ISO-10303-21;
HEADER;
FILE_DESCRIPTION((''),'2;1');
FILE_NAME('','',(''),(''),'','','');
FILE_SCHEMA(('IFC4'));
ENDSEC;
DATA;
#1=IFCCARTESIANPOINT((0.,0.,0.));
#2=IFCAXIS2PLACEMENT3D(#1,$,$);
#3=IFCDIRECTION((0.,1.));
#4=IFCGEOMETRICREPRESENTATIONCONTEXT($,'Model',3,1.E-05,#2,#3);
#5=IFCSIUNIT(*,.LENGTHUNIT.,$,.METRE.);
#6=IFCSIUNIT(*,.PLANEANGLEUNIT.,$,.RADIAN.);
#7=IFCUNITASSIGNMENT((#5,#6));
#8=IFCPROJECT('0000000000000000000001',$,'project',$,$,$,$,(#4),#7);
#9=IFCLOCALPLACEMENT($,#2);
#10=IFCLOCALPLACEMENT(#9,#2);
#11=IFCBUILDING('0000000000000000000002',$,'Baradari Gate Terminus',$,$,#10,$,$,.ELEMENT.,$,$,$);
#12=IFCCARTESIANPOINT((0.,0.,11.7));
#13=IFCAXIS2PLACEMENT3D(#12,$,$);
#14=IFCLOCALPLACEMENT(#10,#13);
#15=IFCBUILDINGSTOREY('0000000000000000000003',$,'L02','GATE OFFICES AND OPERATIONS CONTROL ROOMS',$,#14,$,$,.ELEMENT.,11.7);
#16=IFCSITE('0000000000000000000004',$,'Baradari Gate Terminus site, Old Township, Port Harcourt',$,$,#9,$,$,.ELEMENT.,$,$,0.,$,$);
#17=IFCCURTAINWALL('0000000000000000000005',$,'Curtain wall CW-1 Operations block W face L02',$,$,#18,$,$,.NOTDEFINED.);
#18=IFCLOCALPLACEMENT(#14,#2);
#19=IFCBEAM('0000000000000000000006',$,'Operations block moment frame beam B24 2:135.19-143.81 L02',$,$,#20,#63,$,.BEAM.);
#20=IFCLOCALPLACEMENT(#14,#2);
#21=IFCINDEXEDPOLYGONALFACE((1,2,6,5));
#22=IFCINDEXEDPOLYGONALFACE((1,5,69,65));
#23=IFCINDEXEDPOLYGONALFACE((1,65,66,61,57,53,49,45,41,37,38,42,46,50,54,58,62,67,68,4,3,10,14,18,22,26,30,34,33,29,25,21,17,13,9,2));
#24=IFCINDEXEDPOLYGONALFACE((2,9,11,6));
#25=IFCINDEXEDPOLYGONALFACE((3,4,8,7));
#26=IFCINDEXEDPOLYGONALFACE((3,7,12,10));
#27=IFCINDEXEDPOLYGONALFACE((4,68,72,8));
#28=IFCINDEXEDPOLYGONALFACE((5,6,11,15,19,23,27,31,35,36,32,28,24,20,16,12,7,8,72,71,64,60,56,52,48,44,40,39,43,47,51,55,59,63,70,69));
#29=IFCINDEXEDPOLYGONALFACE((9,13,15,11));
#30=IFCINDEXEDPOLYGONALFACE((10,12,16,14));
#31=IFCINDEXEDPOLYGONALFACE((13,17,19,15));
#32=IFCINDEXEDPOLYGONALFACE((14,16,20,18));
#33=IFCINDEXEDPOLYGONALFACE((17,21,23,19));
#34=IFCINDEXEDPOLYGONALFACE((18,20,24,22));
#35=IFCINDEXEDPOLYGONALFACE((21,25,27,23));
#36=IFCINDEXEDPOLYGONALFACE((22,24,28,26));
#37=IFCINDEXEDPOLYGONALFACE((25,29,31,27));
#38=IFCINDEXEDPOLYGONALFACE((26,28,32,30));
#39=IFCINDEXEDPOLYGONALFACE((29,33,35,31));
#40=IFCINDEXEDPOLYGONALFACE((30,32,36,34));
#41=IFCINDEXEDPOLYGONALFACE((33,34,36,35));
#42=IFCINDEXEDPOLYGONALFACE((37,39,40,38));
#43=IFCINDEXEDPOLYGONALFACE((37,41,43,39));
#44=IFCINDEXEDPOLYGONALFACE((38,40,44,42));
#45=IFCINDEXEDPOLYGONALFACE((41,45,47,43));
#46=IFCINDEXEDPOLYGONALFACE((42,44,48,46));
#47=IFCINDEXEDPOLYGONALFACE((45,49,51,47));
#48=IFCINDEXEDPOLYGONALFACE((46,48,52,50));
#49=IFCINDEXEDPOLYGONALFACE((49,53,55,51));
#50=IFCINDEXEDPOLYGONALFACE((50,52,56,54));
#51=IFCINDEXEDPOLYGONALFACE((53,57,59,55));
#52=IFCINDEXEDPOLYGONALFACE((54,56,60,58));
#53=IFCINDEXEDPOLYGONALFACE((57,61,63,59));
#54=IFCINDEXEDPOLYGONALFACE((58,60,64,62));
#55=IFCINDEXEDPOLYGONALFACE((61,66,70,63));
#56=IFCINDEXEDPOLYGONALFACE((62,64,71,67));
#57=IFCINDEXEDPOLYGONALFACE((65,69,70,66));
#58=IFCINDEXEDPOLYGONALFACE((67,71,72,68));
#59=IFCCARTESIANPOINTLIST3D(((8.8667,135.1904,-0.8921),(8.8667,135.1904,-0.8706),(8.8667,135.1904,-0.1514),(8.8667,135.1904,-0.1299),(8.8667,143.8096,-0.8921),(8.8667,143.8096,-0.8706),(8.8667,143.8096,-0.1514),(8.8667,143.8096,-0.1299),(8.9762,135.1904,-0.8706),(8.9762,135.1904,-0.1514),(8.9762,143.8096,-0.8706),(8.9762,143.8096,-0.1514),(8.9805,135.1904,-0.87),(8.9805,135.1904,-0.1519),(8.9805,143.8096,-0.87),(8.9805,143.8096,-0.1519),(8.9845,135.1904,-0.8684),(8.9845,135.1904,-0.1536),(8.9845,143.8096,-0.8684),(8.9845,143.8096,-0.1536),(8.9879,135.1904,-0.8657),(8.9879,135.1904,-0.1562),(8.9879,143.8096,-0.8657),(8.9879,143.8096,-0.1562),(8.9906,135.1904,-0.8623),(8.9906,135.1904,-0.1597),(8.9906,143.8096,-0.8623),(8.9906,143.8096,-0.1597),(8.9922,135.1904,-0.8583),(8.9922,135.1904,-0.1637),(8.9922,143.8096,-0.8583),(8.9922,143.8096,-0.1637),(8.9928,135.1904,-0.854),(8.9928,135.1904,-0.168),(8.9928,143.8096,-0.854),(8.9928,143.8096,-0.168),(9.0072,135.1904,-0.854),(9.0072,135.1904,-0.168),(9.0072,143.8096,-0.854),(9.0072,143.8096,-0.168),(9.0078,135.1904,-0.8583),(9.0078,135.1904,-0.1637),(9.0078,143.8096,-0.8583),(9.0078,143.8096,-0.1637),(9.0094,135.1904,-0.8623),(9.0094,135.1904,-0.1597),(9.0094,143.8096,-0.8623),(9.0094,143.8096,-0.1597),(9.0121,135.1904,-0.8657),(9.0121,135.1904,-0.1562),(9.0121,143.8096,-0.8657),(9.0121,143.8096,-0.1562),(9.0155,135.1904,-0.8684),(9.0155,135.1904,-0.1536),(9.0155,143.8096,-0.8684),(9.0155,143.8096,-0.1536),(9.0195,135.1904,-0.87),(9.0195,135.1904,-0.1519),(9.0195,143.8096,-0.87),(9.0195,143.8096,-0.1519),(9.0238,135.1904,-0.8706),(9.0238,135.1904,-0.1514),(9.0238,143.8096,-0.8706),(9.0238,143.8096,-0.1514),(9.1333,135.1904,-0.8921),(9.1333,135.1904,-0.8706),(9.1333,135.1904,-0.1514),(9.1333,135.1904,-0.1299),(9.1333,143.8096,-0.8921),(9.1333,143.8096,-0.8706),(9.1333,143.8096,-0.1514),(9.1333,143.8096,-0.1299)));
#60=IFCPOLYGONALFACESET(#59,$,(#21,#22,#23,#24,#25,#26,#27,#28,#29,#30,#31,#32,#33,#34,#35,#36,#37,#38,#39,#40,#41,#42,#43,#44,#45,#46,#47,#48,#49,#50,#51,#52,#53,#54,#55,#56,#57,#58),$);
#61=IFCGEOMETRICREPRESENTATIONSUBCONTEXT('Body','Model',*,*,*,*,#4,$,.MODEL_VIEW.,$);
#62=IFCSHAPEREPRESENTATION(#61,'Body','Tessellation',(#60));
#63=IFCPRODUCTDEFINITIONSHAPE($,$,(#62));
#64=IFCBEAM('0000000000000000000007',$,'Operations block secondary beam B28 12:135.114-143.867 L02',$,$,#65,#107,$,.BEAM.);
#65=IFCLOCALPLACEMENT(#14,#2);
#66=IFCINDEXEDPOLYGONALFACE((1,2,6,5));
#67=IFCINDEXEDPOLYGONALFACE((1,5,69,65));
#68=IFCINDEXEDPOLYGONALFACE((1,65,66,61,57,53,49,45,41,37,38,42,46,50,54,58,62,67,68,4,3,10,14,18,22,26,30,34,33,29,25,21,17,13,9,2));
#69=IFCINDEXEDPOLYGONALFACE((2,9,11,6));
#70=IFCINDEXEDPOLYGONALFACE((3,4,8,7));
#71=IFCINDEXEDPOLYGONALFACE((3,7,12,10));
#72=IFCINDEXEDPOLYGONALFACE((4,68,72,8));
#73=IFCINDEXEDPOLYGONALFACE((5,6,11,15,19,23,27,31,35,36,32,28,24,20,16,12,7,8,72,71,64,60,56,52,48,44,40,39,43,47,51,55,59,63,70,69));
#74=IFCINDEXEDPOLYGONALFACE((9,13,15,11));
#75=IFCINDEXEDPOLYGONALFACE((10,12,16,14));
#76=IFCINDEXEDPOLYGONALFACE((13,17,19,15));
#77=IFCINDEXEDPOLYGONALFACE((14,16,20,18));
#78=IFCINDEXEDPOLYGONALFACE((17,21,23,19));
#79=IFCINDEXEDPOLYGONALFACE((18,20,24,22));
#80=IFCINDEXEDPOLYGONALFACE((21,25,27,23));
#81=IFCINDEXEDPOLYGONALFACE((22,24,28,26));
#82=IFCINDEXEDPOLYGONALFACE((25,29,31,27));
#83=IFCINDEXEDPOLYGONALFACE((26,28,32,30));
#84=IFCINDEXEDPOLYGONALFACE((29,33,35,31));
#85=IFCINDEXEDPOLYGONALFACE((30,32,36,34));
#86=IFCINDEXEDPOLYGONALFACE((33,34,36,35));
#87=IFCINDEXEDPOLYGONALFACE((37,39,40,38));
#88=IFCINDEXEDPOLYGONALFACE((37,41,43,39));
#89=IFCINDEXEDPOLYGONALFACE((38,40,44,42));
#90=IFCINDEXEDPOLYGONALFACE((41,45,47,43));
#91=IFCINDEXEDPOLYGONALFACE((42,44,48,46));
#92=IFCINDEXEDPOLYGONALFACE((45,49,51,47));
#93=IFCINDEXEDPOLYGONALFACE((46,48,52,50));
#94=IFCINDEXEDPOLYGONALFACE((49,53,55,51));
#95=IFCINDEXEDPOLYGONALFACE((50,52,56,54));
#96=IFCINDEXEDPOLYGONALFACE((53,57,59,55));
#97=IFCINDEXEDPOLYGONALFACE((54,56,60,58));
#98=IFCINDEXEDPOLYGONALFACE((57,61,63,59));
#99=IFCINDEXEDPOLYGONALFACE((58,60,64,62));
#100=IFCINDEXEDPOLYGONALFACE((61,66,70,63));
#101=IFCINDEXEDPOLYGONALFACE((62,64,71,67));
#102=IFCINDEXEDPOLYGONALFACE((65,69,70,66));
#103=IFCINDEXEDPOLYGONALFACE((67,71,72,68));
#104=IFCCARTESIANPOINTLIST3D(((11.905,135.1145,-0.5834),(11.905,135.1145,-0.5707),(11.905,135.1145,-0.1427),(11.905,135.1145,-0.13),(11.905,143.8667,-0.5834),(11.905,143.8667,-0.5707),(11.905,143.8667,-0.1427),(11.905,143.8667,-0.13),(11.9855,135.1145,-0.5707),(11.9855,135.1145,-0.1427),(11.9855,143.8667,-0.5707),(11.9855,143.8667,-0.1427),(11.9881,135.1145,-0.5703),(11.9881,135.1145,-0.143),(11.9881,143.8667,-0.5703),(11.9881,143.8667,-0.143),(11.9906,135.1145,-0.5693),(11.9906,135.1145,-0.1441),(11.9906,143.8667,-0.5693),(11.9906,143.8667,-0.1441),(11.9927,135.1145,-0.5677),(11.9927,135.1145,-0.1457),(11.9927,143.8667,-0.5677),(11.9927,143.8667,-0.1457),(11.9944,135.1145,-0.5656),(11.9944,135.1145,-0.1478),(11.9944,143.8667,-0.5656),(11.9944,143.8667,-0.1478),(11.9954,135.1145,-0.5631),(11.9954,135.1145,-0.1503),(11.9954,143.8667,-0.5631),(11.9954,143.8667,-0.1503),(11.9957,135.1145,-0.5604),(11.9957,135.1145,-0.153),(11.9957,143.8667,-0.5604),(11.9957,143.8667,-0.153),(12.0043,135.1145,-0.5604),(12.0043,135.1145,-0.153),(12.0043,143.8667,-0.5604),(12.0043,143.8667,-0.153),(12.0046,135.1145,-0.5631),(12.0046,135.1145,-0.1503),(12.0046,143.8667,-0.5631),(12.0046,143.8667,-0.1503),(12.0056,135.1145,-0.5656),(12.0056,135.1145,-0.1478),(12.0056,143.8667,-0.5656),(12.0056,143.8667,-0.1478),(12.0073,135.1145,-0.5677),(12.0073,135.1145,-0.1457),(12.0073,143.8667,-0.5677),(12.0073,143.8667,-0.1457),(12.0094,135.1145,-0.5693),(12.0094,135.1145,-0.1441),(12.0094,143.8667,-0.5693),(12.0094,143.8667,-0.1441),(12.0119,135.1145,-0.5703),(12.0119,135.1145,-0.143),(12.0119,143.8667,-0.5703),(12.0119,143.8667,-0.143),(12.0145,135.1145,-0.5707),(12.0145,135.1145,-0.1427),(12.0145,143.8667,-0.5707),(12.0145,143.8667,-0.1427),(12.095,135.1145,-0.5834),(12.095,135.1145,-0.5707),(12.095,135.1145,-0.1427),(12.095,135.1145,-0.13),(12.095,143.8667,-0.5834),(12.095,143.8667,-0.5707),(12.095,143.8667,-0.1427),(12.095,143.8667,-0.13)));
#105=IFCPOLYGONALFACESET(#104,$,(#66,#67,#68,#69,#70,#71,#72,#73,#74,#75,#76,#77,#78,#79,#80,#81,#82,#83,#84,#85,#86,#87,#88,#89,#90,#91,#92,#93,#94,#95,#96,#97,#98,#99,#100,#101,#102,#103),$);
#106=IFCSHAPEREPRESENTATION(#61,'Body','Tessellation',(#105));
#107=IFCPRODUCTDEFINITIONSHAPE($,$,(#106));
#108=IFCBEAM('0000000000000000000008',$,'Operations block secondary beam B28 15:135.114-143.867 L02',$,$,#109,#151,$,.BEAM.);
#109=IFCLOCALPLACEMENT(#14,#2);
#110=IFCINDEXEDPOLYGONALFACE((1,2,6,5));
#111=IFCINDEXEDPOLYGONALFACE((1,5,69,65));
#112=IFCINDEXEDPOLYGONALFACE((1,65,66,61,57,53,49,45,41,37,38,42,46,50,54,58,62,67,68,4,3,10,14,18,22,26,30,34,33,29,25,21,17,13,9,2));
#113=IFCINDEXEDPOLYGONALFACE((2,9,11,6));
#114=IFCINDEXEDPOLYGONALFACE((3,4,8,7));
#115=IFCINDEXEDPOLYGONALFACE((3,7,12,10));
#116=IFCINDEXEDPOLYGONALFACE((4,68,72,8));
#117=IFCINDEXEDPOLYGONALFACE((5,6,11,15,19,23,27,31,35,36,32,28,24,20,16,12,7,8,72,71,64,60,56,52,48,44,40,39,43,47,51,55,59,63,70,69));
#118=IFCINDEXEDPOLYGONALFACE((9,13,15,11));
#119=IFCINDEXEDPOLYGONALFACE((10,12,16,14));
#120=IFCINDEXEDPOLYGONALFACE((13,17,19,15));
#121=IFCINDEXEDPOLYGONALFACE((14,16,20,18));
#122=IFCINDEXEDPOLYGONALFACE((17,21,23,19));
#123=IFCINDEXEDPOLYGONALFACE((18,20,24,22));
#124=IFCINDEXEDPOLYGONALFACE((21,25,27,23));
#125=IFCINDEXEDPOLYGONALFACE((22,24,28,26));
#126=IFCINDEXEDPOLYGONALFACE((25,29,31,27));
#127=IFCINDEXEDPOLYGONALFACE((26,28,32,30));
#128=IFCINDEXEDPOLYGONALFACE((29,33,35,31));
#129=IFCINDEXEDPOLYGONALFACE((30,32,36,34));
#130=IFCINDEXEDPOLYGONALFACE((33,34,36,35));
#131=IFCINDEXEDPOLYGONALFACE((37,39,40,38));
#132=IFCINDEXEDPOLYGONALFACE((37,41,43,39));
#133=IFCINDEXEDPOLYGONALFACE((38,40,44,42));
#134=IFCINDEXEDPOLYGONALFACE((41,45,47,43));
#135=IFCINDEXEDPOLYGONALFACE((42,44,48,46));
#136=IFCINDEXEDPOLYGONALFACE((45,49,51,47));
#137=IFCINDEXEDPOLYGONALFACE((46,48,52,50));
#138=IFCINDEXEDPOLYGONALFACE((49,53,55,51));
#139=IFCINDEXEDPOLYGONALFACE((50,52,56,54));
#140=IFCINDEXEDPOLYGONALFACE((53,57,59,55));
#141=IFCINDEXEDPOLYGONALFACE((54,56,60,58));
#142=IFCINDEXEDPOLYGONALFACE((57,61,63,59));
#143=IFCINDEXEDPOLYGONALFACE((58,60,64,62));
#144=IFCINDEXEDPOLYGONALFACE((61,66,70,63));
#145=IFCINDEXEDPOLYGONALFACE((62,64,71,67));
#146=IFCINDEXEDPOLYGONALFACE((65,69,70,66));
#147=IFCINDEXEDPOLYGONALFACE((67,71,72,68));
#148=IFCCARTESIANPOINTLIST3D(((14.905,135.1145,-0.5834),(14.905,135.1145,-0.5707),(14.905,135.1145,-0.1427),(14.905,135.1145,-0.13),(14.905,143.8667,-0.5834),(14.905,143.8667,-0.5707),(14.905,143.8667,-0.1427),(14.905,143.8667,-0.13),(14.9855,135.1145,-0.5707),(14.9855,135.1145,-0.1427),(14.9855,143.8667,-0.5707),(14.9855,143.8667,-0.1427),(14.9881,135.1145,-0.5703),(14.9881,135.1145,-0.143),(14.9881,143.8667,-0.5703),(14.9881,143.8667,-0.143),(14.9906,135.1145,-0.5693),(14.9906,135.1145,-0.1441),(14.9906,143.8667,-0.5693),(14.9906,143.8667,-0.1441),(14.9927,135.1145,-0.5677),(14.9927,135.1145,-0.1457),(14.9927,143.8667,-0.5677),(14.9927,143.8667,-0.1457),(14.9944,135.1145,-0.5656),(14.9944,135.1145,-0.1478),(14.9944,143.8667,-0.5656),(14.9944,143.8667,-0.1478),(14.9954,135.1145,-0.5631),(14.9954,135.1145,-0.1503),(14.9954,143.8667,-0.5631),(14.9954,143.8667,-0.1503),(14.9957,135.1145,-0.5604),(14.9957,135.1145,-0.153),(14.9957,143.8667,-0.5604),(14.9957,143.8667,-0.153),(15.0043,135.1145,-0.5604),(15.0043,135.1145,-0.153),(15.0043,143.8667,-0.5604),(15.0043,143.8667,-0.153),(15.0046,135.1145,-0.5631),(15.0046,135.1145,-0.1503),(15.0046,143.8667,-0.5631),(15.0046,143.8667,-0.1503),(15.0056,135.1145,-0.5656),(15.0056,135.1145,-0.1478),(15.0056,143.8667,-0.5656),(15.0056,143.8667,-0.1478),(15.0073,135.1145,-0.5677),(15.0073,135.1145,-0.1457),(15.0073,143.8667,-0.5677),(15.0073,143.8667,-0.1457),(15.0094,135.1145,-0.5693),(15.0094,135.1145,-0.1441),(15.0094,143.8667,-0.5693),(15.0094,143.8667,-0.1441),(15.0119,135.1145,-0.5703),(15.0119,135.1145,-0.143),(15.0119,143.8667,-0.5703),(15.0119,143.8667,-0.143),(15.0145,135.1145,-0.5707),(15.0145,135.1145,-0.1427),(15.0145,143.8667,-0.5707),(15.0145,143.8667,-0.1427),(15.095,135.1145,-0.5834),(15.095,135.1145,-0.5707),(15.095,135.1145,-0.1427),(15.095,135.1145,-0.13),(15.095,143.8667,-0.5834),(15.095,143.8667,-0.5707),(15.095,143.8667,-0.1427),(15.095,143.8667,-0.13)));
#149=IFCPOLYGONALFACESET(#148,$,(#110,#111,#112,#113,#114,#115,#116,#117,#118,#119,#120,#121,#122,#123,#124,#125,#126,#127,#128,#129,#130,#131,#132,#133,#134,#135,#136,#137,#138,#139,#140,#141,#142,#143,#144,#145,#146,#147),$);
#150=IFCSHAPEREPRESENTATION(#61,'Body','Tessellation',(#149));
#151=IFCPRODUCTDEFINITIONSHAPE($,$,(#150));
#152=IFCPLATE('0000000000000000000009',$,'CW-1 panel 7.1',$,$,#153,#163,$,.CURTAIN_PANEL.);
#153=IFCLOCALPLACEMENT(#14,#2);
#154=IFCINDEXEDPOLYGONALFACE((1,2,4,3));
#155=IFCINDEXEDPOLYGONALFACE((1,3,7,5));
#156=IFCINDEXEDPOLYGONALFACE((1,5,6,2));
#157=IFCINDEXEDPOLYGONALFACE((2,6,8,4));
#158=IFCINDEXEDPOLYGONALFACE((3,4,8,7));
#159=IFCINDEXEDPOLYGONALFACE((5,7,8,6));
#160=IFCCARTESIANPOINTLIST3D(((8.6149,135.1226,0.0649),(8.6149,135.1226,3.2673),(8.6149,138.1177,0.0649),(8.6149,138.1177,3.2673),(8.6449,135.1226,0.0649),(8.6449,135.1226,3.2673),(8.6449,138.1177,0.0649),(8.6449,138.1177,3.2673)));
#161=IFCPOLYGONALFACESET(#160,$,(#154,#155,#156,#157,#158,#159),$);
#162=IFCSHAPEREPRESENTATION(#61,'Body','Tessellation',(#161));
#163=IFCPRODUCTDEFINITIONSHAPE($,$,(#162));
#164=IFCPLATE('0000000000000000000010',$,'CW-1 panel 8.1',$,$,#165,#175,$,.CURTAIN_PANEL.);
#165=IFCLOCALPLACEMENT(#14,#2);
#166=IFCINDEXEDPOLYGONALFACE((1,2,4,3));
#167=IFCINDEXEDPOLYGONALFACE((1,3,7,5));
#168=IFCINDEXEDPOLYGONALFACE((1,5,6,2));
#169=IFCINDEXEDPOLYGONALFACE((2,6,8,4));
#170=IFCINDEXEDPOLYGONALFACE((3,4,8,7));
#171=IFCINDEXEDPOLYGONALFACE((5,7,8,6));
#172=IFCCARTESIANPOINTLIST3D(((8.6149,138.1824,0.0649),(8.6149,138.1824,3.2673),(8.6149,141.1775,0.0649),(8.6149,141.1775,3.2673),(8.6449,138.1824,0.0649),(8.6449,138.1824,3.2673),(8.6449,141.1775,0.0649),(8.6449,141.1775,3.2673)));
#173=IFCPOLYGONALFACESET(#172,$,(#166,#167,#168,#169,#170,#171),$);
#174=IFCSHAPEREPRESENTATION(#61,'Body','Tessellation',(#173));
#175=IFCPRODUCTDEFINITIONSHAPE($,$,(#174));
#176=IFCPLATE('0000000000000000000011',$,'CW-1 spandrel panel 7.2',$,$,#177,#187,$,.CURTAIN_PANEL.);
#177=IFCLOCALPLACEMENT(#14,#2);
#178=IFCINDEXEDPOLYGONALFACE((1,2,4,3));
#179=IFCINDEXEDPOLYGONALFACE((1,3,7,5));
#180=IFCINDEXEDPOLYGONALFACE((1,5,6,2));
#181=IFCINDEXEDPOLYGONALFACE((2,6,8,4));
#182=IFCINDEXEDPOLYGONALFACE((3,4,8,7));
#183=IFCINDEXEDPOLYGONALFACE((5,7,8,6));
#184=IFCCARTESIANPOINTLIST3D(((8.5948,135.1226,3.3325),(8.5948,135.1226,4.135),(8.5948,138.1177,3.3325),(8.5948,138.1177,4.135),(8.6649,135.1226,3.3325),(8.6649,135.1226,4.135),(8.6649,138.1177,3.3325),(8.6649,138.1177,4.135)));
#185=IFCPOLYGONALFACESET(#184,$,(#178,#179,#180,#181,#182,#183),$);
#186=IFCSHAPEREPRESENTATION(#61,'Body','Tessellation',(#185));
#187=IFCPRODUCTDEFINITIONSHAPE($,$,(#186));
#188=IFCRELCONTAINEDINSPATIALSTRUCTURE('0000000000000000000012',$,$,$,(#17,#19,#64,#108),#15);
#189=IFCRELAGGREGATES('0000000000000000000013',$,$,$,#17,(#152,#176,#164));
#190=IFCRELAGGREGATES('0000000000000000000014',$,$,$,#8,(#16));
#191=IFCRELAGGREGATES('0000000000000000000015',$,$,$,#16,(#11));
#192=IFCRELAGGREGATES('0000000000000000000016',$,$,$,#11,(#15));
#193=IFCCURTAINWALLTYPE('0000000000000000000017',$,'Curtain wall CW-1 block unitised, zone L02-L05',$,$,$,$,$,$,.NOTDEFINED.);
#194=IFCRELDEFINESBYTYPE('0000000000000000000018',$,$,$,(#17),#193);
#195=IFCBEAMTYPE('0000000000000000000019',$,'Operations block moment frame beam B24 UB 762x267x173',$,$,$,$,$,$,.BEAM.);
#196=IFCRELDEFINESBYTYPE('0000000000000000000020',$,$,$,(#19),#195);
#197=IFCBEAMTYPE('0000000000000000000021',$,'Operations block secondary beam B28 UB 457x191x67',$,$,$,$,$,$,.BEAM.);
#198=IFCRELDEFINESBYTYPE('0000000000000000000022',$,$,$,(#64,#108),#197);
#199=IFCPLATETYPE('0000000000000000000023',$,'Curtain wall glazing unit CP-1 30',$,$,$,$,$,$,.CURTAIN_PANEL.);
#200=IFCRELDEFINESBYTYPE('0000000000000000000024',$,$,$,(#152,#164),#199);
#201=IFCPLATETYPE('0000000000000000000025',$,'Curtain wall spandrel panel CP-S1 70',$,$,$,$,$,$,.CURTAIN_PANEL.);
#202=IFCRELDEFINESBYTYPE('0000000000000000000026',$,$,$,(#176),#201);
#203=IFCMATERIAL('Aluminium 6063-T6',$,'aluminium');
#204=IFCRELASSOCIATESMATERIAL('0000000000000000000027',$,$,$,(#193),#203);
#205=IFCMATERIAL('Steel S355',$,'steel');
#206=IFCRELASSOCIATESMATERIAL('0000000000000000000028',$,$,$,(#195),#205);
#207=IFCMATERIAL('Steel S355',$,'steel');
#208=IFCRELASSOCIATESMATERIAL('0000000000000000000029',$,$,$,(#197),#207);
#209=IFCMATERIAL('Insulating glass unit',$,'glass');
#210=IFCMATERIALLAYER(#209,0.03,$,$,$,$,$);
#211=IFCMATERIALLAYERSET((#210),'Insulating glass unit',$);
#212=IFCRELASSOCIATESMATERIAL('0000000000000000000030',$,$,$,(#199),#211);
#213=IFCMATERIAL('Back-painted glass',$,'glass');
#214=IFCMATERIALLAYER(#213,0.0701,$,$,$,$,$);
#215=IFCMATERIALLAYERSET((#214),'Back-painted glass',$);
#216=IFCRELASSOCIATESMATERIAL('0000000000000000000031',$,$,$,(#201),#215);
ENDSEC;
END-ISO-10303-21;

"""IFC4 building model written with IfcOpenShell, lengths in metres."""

from ifc_helpers import new_model, si_unit, direction, frame, origin, origin_2d, place, context, subcontext, project, spatial, rectangle, i_section, extrude, material, layer, layer_set, material_profile, profile_set, type_object, element, aggregate, save


model = new_model("IFC4")

# Units and contexts
model_context = context("Model", 3, precision=1e-05, world=origin(), true_north=direction((0.0, 1.0)))
body_context = subcontext(model_context, "Body", "Model", "MODEL_VIEW")
ifc_project = project(units=[si_unit("LENGTHUNIT", "METRE"), si_unit("PLANEANGLEUNIT", "RADIAN")], contexts=[model_context])

# Site, building, storey
site_placement = place(None, origin())
site = spatial("IfcSite", under=ifc_project, at=site_placement, Name="Baradari Gate Terminus site, Old Township, Port Harcourt", CompositionType="ELEMENT", RefElevation=0.0)
building_placement = place(site_placement, origin())
building = spatial("IfcBuilding", under=site, at=building_placement, Name="Baradari Gate Terminus", CompositionType="ELEMENT")
storey_placement = place(building_placement, frame((0.0, 0.0, 11.7)))
storey = spatial("IfcBuildingStorey", under=building, at=storey_placement, Name="L02", Description="GATE OFFICES AND OPERATIONS CONTROL ROOMS", CompositionType="ELEMENT", Elevation=11.7)

# Curtain wall
ifc_material_1 = material(Name="Aluminium 6063-T6", Category="aluminium")
curtain_wall_type = type_object("IfcCurtainWallType", Name="Curtain wall CW-1 block unitised, zone L02-L05", PredefinedType="NOTDEFINED", material=ifc_material_1)
curtain_wall_placement = place(storey_placement, origin())
curtain_wall = element("IfcCurtainWall", 1, at=curtain_wall_placement, inside=storey, type_object=curtain_wall_type, Name="Curtain wall CW-1 Operations block W face L02", PredefinedType="NOTDEFINED")

# Beams
ifc_material_2 = material(Name="Steel S355", Category="steel")
ifc_material_profile_1 = material_profile(ifc_material_2, i_section(OverallWidth=0.2666, OverallDepth=0.7622, WebThickness=0.0144, FlangeThickness=0.0215, FilletRadius=0.0166, at=origin_2d()), Name="UB 762x267x173")
ifc_profile_set_1 = profile_set([ifc_material_profile_1], Name="Steel S355")
beam_type_1 = type_object("IfcBeamType", Name="Operations block moment frame beam B24 UB 762x267x173", PredefinedType="BEAM", material=ifc_profile_set_1)
beam_1_placement = place(storey_placement, frame((9.0, 135.1904, -0.511), z_axis=(0.0, 1.0, 0.0), x_axis=(-1.0, 0.0, 0.0)))
element("IfcBeam", 2, at=beam_1_placement, inside=storey, type_object=beam_type_1, Name="Operations block moment frame beam B24 2:135.19-143.81 L02", PredefinedType="BEAM", context=body_context, shape_type="SweptSolid", body=[
    extrude(i_section(OverallWidth=0.2666, OverallDepth=0.7622, WebThickness=0.0144, FlangeThickness=0.0215, FilletRadius=0.0166, at=origin_2d()), origin(), (0.0, 0.0, 1.0), 8.6191),
])
ifc_material_3 = material(Name="Steel S355", Category="steel")
ifc_material_profile_2 = material_profile(ifc_material_3, i_section(OverallWidth=0.1899, OverallDepth=0.4534, WebThickness=0.0085, FlangeThickness=0.0127, FilletRadius=0.0103, at=origin_2d()), Name="UB 457x191x67")
ifc_profile_set_2 = profile_set([ifc_material_profile_2], Name="Steel S355")
beam_type_2 = type_object("IfcBeamType", Name="Operations block secondary beam B28 UB 457x191x67", PredefinedType="BEAM", material=ifc_profile_set_2)
for number, where, z_axis, x_axis, name in (
    (3, (12.0, 135.1145, -0.3567), (0.0, 1.0, 0.0), (-1.0, 0.0, 0.0), "Operations block secondary beam B28 12:135.114-143.867 L02"),
    (4, (15.0, 135.1145, -0.3567), (0.0, 1.0, 0.0), (-1.0, 0.0, 0.0), "Operations block secondary beam B28 15:135.114-143.867 L02"),
):
    element("IfcBeam", number, at=place(storey_placement, frame(where, z_axis=z_axis, x_axis=x_axis)), inside=storey, type_object=beam_type_2, Name=name, PredefinedType="BEAM", context=body_context, shape_type="SweptSolid", body=[
        extrude(i_section(OverallWidth=0.1899, OverallDepth=0.4534, WebThickness=0.0085, FlangeThickness=0.0127, FilletRadius=0.0103, at=origin_2d()), origin(), (0.0, 0.0, 1.0), 8.7522),
    ])

# Plates
ifc_material_4 = material(Name="Insulating glass unit", Category="glass")
ifc_layer_1 = layer(ifc_material_4, 0.03)
ifc_layer_set_1 = layer_set([ifc_layer_1], Name="Insulating glass unit")
plate_type_1 = type_object("IfcPlateType", Name="Curtain wall glazing unit CP-1 30", PredefinedType="CURTAIN_PANEL", material=ifc_layer_set_1)
plate_1_placement = place(storey_placement, frame((8.6299, 136.6201, 0.0649), z_axis=(0.0, 0.0, 1.0), x_axis=(0.0, 1.0, 0.0)))
plate_1 = element("IfcPlate", 5, at=plate_1_placement, type_object=plate_type_1, Name="CW-1 panel 7.1", PredefinedType="CURTAIN_PANEL", context=body_context, shape_type="SweptSolid", body=[
    extrude(rectangle(XDim=2.9951, YDim=0.03, at=origin_2d()), origin(), (0.0, 0.0, 1.0), 3.2024),
])
plate_2_placement = place(storey_placement, frame((8.6299, 139.6799, 0.0649), z_axis=(0.0, 0.0, 1.0), x_axis=(0.0, 1.0, 0.0)))
plate_2 = element("IfcPlate", 6, at=plate_2_placement, type_object=plate_type_1, Name="CW-1 panel 8.1", PredefinedType="CURTAIN_PANEL", context=body_context, shape_type="SweptSolid", body=[
    extrude(rectangle(XDim=2.9951, YDim=0.03, at=origin_2d()), origin(), (0.0, 0.0, 1.0), 3.2024),
])
ifc_material_5 = material(Name="Back-painted glass", Category="glass")
ifc_layer_2 = layer(ifc_material_5, 0.0701)
ifc_layer_set_2 = layer_set([ifc_layer_2], Name="Back-painted glass")
plate_type_2 = type_object("IfcPlateType", Name="Curtain wall spandrel panel CP-S1 70", PredefinedType="CURTAIN_PANEL", material=ifc_layer_set_2)
plate_3_placement = place(storey_placement, frame((8.6299, 136.6201, 3.3325), z_axis=(0.0, 0.0, 1.0), x_axis=(0.0, 1.0, 0.0)))
plate_3 = element("IfcPlate", 7, at=plate_3_placement, type_object=plate_type_2, Name="CW-1 spandrel panel 7.2", PredefinedType="CURTAIN_PANEL", context=body_context, shape_type="SweptSolid", body=[
    extrude(rectangle(XDim=2.9951, YDim=0.0701, at=origin_2d()), origin(), (0.0, 0.0, 1.0), 0.8025),
])
aggregate(curtain_wall, [plate_1, plate_3, plate_2])

save(model, "model.ifc")
